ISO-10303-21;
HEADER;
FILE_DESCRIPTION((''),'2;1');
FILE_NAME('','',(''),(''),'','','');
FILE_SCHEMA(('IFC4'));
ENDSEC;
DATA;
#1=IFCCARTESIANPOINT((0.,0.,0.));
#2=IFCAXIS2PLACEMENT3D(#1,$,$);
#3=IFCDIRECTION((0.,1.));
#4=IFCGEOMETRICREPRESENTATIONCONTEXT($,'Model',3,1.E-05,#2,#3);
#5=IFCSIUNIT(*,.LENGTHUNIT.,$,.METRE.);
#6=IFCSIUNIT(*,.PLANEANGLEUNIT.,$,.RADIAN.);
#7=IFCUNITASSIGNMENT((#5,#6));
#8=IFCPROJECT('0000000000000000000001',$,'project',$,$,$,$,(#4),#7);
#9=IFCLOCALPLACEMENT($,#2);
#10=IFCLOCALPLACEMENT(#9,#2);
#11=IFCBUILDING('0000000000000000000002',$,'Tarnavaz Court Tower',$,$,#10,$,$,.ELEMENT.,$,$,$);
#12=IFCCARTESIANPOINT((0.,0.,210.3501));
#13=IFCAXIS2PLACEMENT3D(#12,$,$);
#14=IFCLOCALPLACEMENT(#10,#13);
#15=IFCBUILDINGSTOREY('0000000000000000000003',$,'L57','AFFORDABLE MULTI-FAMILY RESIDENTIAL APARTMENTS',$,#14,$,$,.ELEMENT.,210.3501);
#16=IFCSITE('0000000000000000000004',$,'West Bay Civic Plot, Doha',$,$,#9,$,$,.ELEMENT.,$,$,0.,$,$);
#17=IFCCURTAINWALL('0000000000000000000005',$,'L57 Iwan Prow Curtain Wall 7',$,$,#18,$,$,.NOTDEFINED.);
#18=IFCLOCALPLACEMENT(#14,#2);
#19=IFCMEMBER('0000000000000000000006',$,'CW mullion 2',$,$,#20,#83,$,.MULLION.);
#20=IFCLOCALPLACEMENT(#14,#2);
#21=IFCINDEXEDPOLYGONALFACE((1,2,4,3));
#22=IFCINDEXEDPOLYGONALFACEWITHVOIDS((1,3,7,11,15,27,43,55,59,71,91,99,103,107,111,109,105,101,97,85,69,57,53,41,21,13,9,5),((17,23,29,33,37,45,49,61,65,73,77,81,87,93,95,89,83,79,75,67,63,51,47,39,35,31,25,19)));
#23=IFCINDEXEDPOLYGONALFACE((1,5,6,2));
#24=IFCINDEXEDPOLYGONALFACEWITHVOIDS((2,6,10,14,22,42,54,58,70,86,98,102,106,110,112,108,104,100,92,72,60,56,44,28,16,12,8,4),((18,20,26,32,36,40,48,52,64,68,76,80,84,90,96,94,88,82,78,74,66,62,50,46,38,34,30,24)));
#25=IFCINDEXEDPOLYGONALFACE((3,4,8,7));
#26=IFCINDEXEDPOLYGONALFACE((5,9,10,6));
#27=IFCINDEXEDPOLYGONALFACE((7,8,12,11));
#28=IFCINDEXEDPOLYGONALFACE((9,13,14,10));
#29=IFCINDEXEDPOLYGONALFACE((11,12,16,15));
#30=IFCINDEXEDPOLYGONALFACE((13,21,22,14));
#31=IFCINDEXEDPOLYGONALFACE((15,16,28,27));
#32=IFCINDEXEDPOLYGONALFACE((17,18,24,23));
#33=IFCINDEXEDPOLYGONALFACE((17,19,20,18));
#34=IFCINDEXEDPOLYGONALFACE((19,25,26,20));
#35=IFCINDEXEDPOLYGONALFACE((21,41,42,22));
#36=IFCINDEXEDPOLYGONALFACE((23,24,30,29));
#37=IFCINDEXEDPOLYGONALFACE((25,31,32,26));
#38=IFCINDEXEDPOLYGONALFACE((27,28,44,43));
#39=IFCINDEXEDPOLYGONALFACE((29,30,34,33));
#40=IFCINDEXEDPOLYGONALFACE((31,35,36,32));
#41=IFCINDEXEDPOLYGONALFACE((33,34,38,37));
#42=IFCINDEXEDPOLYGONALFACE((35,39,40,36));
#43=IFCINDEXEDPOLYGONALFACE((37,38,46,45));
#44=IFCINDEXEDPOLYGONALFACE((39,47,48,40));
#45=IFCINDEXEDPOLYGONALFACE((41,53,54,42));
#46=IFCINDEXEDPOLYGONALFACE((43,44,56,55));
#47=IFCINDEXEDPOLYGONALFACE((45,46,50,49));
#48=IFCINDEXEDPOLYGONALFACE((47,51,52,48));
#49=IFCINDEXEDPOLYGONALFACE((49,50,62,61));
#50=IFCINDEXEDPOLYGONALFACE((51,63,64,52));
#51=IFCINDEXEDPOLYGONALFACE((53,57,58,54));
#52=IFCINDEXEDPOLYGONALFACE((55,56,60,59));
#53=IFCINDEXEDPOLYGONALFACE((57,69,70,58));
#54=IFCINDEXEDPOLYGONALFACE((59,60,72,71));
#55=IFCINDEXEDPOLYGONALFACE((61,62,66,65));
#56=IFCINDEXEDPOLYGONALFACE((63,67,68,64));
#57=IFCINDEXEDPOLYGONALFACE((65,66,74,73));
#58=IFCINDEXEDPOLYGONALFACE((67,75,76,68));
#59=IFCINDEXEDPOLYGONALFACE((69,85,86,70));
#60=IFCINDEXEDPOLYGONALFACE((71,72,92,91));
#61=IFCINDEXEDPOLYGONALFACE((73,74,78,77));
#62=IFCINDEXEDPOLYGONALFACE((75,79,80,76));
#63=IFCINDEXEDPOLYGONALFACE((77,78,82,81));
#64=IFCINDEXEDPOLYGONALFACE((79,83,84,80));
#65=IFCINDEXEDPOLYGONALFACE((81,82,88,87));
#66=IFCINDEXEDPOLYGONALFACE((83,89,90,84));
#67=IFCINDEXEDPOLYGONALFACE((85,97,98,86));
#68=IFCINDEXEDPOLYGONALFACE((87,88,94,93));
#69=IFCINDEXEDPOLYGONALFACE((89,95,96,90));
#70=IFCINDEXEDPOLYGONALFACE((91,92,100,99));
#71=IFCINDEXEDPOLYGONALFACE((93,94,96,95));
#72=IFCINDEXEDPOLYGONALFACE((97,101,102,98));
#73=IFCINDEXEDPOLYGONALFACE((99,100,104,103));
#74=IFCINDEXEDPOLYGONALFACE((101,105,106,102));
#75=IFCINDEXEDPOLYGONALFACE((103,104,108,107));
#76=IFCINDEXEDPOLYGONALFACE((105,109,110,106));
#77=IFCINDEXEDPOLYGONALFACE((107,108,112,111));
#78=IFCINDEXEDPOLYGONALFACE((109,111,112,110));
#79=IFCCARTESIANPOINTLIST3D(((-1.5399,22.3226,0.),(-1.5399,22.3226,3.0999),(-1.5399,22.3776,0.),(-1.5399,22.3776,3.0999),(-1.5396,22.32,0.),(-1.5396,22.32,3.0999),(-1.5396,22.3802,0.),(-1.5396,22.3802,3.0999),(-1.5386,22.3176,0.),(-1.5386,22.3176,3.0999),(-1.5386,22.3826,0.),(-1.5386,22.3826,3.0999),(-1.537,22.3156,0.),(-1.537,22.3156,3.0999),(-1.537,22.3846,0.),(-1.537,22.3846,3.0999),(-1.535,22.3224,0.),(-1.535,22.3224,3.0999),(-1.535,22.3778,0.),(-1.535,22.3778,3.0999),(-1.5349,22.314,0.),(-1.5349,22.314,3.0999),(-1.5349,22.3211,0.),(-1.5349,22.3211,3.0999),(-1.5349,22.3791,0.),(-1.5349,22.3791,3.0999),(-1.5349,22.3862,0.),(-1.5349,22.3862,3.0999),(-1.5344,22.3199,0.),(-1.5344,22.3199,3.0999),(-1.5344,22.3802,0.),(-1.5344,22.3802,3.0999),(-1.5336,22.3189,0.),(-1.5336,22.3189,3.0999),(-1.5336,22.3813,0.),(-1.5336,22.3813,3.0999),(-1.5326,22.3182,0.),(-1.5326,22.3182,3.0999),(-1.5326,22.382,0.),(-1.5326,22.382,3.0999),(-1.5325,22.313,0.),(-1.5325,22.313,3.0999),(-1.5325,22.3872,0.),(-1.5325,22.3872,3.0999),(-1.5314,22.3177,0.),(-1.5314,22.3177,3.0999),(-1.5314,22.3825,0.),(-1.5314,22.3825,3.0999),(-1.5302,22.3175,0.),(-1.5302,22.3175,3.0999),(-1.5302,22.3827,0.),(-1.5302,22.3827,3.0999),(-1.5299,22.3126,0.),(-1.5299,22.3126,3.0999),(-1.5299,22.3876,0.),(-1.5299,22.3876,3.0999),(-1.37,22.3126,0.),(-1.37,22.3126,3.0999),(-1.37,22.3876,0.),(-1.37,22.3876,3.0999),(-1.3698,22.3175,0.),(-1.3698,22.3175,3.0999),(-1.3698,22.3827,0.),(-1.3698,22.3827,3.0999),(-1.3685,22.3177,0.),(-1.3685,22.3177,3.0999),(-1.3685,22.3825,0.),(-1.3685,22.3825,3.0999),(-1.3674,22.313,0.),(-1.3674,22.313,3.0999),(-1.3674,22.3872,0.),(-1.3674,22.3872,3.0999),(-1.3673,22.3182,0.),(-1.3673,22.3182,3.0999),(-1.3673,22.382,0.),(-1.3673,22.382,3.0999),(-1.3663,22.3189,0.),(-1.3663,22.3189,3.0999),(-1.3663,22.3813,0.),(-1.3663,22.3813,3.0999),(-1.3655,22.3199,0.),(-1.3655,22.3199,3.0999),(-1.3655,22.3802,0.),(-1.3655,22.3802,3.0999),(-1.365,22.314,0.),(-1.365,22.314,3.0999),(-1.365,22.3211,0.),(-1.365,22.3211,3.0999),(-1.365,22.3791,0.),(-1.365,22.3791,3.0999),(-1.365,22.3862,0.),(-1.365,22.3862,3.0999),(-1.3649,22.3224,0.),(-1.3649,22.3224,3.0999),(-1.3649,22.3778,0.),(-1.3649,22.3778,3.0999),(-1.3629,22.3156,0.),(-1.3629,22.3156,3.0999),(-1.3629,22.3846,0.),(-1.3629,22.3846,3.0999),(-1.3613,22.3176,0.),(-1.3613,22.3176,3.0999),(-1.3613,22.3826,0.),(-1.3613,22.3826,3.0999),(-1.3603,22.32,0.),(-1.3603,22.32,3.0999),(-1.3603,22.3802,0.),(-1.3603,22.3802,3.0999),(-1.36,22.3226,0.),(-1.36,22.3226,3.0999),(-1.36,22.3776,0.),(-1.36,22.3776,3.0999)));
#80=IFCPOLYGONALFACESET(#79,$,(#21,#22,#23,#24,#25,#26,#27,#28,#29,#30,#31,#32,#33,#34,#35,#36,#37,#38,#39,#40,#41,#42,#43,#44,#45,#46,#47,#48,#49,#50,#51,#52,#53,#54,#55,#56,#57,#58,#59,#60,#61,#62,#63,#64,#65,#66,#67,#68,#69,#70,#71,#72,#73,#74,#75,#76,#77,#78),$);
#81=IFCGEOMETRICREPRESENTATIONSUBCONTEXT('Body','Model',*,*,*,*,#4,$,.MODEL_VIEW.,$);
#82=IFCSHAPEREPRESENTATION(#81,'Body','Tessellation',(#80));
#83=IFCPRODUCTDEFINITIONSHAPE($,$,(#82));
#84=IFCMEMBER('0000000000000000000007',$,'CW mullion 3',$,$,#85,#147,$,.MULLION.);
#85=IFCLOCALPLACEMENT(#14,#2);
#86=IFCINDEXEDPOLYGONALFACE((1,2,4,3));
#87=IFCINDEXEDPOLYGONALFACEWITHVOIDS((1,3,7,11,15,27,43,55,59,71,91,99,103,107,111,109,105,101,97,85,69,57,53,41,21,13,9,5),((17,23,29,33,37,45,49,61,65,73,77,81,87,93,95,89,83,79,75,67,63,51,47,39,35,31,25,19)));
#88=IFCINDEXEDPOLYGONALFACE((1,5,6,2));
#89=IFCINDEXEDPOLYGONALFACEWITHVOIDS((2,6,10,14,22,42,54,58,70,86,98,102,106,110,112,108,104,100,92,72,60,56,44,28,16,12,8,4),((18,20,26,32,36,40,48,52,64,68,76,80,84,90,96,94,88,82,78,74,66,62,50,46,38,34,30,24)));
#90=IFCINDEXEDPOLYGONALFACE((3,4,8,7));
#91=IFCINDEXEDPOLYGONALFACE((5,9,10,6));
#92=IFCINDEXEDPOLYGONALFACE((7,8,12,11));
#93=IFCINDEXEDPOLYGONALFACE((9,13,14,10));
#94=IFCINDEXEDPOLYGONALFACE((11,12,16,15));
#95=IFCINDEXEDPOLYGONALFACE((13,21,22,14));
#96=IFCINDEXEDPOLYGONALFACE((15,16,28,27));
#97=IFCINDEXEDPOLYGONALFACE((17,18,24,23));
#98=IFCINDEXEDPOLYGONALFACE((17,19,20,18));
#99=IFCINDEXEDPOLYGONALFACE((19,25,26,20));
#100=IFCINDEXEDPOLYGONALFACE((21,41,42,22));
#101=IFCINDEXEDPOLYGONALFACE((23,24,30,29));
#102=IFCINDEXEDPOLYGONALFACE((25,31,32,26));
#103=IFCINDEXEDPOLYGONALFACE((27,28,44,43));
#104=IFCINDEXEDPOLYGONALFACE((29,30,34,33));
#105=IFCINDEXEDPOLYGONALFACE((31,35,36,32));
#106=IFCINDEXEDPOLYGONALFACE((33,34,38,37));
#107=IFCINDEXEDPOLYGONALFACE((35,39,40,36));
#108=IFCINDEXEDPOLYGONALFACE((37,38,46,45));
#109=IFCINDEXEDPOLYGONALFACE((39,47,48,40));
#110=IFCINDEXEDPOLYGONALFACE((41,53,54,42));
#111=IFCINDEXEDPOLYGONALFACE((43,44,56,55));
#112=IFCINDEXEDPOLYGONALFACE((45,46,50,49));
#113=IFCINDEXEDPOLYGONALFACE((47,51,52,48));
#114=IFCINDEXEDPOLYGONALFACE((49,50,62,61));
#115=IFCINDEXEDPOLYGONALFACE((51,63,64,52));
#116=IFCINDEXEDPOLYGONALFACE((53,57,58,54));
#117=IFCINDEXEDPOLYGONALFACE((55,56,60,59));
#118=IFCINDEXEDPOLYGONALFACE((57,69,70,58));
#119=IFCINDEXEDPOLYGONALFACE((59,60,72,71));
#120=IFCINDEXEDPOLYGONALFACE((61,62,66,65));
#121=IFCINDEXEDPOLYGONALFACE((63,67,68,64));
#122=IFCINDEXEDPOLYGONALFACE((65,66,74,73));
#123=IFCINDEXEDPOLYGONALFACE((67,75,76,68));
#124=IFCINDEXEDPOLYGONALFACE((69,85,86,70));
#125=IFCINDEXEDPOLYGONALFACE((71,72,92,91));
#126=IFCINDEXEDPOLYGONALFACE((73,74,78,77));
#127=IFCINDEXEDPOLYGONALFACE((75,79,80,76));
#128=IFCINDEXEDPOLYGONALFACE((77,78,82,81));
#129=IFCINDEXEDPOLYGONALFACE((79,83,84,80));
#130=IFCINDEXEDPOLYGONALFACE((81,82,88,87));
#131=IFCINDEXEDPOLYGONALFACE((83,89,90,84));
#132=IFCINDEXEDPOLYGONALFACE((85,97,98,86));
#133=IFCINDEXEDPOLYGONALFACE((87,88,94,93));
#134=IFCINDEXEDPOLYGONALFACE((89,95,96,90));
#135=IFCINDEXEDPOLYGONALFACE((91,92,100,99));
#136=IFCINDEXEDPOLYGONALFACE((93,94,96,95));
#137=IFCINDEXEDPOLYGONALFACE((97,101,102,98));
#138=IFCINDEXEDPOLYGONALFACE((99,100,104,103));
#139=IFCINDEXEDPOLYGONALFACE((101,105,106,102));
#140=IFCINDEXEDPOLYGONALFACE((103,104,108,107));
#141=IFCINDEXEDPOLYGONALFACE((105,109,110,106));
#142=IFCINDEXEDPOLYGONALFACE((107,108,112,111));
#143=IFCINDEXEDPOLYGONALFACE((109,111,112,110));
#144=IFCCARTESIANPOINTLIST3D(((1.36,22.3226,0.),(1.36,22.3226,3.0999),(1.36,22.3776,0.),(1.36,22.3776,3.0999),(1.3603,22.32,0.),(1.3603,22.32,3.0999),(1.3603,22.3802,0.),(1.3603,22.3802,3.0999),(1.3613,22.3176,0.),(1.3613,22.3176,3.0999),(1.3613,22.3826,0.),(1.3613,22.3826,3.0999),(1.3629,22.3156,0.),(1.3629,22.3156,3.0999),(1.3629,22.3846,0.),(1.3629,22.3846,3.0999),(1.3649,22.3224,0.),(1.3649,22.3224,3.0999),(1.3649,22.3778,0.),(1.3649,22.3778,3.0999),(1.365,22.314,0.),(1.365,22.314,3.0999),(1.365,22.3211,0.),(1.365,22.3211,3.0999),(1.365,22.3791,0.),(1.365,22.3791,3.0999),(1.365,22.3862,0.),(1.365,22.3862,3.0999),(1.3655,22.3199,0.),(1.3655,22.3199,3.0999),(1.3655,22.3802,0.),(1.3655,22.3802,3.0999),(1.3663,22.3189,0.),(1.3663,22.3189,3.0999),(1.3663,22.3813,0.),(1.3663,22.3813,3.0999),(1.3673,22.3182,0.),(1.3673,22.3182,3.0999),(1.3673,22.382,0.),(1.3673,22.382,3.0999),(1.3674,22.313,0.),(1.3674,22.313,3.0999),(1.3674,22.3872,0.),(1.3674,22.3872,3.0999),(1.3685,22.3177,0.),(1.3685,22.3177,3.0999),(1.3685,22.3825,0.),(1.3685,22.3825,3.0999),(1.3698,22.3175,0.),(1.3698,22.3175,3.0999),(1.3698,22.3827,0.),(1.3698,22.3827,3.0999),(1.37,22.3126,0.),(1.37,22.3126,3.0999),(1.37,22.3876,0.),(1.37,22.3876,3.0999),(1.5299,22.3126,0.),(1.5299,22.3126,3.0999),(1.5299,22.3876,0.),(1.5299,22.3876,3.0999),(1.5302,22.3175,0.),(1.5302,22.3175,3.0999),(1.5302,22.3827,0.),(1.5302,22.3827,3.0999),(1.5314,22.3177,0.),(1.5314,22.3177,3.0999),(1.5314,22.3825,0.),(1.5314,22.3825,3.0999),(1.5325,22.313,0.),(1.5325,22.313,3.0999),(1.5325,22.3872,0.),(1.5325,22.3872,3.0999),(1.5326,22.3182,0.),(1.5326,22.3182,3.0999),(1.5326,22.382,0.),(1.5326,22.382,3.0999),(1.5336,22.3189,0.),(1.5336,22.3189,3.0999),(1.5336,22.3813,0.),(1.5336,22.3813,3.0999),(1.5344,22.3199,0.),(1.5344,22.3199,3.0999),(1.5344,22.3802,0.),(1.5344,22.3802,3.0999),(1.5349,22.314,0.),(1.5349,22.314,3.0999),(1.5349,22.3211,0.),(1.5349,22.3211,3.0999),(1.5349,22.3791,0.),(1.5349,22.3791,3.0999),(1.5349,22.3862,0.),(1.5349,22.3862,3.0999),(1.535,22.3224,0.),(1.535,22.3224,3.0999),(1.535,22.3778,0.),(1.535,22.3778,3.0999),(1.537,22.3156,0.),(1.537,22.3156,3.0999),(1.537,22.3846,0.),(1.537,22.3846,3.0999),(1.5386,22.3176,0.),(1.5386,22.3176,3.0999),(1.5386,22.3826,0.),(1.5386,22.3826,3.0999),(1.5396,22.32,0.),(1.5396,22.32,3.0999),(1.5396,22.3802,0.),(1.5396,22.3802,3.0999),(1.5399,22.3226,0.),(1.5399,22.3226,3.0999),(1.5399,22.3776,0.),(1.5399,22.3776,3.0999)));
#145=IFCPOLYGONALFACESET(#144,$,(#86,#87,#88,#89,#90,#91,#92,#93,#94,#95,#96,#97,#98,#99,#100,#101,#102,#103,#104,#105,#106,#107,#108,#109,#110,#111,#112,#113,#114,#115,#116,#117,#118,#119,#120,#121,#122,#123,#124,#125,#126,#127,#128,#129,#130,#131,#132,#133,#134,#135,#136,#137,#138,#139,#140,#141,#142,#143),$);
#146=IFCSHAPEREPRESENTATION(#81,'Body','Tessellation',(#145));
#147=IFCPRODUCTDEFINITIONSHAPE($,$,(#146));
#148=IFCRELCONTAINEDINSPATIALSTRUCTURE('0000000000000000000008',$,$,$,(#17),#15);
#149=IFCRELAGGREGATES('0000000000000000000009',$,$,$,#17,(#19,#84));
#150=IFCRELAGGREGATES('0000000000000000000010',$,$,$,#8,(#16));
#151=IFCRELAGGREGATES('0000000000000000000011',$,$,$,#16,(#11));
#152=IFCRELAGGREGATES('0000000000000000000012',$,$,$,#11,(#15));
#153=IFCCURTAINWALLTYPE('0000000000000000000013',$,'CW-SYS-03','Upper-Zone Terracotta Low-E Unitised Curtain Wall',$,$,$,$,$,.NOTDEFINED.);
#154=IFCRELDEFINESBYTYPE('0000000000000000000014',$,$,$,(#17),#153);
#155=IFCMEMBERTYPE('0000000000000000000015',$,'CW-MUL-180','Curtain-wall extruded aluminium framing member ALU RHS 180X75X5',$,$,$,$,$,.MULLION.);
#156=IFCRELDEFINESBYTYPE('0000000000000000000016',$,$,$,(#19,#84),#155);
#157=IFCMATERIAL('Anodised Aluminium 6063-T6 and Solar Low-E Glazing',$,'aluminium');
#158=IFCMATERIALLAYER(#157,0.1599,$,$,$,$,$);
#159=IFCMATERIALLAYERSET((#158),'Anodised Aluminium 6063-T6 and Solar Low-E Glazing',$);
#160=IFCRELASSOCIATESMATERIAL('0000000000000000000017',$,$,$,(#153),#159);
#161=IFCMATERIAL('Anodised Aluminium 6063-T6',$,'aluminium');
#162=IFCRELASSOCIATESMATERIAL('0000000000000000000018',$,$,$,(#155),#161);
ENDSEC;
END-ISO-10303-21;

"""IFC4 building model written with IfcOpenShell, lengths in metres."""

from ifc_helpers import new_model, si_unit, direction, frame, origin, origin_2d, place, context, subcontext, project, spatial, hollow_rectangle, extrude, material, layer, layer_set, material_profile, profile_set, type_object, element, aggregate, save


model = new_model("IFC4")

# Units and contexts
model_context = context("Model", 3, precision=1e-05, world=origin(), true_north=direction((0.0, 1.0)))
body_context = subcontext(model_context, "Body", "Model", "MODEL_VIEW")
ifc_project = project(units=[si_unit("LENGTHUNIT", "METRE"), si_unit("PLANEANGLEUNIT", "RADIAN")], contexts=[model_context])

# Site, building, storey
site_placement = place(None, origin())
site = spatial("IfcSite", under=ifc_project, at=site_placement, Name="West Bay Civic Plot, Doha", CompositionType="ELEMENT", RefElevation=0.0)
building_placement = place(site_placement, origin())
building = spatial("IfcBuilding", under=site, at=building_placement, Name="Tarnavaz Court Tower", CompositionType="ELEMENT")
storey_placement = place(building_placement, frame((0.0, 0.0, 210.3501)))
storey = spatial("IfcBuildingStorey", under=building, at=storey_placement, Name="L57", Description="AFFORDABLE MULTI-FAMILY RESIDENTIAL APARTMENTS", CompositionType="ELEMENT", Elevation=210.3501)

# Curtain wall, members
ifc_material_1 = material(Name="Anodised Aluminium 6063-T6 and Solar Low-E Glazing", Category="aluminium")
ifc_layer_1 = layer(ifc_material_1, 0.1599)
ifc_layer_set_1 = layer_set([ifc_layer_1], Name="Anodised Aluminium 6063-T6 and Solar Low-E Glazing")
curtain_wall_type = type_object("IfcCurtainWallType", Name="CW-SYS-03", Description="Upper-Zone Terracotta Low-E Unitised Curtain Wall", PredefinedType="NOTDEFINED", material=ifc_layer_set_1)
curtain_wall_placement = place(storey_placement, origin())
curtain_wall = element("IfcCurtainWall", 1, at=curtain_wall_placement, inside=storey, type_object=curtain_wall_type, Name="L57 Iwan Prow Curtain Wall 7", PredefinedType="NOTDEFINED")
ifc_material_2 = material(Name="Anodised Aluminium 6063-T6", Category="aluminium")
ifc_material_profile_1 = material_profile(ifc_material_2, hollow_rectangle(XDim=0.075, YDim=0.1799, WallThickness=0.0049, InnerFilletRadius=0.0049, OuterFilletRadius=0.01, at=origin_2d()), Name="ALU RHS 180X75X5")
ifc_profile_set_1 = profile_set([ifc_material_profile_1], Name="Anodised Aluminium 6063-T6")
member_type_1 = type_object("IfcMemberType", Name="CW-MUL-180", Description="Curtain-wall extruded aluminium framing member ALU RHS 180X75X5", PredefinedType="MULLION", material=ifc_profile_set_1)
member_1_placement = place(storey_placement, frame((-1.45, 22.3501, 0.0), z_axis=(0.0, 0.0, 1.0), x_axis=(0.0, 1.0, 0.0)))
member_1 = element("IfcMember", 2, at=member_1_placement, type_object=member_type_1, Name="CW mullion 2", PredefinedType="MULLION", context=body_context, shape_type="SweptSolid", body=[
    extrude(hollow_rectangle(XDim=0.075, YDim=0.1799, WallThickness=0.0049, InnerFilletRadius=0.0049, OuterFilletRadius=0.01, at=origin_2d()), origin(), (0.0, 0.0, 1.0), 3.0999),
])
member_2_placement = place(storey_placement, frame((1.45, 22.3501, 0.0), z_axis=(0.0, 0.0, 1.0), x_axis=(0.0, 1.0, 0.0)))
member_2 = element("IfcMember", 3, at=member_2_placement, type_object=member_type_1, Name="CW mullion 3", PredefinedType="MULLION", context=body_context, shape_type="SweptSolid", body=[
    extrude(hollow_rectangle(XDim=0.075, YDim=0.1799, WallThickness=0.0049, InnerFilletRadius=0.0049, OuterFilletRadius=0.01, at=origin_2d()), origin(), (0.0, 0.0, 1.0), 3.0999),
])
aggregate(curtain_wall, [member_1, member_2])

save(model, "model.ifc")
